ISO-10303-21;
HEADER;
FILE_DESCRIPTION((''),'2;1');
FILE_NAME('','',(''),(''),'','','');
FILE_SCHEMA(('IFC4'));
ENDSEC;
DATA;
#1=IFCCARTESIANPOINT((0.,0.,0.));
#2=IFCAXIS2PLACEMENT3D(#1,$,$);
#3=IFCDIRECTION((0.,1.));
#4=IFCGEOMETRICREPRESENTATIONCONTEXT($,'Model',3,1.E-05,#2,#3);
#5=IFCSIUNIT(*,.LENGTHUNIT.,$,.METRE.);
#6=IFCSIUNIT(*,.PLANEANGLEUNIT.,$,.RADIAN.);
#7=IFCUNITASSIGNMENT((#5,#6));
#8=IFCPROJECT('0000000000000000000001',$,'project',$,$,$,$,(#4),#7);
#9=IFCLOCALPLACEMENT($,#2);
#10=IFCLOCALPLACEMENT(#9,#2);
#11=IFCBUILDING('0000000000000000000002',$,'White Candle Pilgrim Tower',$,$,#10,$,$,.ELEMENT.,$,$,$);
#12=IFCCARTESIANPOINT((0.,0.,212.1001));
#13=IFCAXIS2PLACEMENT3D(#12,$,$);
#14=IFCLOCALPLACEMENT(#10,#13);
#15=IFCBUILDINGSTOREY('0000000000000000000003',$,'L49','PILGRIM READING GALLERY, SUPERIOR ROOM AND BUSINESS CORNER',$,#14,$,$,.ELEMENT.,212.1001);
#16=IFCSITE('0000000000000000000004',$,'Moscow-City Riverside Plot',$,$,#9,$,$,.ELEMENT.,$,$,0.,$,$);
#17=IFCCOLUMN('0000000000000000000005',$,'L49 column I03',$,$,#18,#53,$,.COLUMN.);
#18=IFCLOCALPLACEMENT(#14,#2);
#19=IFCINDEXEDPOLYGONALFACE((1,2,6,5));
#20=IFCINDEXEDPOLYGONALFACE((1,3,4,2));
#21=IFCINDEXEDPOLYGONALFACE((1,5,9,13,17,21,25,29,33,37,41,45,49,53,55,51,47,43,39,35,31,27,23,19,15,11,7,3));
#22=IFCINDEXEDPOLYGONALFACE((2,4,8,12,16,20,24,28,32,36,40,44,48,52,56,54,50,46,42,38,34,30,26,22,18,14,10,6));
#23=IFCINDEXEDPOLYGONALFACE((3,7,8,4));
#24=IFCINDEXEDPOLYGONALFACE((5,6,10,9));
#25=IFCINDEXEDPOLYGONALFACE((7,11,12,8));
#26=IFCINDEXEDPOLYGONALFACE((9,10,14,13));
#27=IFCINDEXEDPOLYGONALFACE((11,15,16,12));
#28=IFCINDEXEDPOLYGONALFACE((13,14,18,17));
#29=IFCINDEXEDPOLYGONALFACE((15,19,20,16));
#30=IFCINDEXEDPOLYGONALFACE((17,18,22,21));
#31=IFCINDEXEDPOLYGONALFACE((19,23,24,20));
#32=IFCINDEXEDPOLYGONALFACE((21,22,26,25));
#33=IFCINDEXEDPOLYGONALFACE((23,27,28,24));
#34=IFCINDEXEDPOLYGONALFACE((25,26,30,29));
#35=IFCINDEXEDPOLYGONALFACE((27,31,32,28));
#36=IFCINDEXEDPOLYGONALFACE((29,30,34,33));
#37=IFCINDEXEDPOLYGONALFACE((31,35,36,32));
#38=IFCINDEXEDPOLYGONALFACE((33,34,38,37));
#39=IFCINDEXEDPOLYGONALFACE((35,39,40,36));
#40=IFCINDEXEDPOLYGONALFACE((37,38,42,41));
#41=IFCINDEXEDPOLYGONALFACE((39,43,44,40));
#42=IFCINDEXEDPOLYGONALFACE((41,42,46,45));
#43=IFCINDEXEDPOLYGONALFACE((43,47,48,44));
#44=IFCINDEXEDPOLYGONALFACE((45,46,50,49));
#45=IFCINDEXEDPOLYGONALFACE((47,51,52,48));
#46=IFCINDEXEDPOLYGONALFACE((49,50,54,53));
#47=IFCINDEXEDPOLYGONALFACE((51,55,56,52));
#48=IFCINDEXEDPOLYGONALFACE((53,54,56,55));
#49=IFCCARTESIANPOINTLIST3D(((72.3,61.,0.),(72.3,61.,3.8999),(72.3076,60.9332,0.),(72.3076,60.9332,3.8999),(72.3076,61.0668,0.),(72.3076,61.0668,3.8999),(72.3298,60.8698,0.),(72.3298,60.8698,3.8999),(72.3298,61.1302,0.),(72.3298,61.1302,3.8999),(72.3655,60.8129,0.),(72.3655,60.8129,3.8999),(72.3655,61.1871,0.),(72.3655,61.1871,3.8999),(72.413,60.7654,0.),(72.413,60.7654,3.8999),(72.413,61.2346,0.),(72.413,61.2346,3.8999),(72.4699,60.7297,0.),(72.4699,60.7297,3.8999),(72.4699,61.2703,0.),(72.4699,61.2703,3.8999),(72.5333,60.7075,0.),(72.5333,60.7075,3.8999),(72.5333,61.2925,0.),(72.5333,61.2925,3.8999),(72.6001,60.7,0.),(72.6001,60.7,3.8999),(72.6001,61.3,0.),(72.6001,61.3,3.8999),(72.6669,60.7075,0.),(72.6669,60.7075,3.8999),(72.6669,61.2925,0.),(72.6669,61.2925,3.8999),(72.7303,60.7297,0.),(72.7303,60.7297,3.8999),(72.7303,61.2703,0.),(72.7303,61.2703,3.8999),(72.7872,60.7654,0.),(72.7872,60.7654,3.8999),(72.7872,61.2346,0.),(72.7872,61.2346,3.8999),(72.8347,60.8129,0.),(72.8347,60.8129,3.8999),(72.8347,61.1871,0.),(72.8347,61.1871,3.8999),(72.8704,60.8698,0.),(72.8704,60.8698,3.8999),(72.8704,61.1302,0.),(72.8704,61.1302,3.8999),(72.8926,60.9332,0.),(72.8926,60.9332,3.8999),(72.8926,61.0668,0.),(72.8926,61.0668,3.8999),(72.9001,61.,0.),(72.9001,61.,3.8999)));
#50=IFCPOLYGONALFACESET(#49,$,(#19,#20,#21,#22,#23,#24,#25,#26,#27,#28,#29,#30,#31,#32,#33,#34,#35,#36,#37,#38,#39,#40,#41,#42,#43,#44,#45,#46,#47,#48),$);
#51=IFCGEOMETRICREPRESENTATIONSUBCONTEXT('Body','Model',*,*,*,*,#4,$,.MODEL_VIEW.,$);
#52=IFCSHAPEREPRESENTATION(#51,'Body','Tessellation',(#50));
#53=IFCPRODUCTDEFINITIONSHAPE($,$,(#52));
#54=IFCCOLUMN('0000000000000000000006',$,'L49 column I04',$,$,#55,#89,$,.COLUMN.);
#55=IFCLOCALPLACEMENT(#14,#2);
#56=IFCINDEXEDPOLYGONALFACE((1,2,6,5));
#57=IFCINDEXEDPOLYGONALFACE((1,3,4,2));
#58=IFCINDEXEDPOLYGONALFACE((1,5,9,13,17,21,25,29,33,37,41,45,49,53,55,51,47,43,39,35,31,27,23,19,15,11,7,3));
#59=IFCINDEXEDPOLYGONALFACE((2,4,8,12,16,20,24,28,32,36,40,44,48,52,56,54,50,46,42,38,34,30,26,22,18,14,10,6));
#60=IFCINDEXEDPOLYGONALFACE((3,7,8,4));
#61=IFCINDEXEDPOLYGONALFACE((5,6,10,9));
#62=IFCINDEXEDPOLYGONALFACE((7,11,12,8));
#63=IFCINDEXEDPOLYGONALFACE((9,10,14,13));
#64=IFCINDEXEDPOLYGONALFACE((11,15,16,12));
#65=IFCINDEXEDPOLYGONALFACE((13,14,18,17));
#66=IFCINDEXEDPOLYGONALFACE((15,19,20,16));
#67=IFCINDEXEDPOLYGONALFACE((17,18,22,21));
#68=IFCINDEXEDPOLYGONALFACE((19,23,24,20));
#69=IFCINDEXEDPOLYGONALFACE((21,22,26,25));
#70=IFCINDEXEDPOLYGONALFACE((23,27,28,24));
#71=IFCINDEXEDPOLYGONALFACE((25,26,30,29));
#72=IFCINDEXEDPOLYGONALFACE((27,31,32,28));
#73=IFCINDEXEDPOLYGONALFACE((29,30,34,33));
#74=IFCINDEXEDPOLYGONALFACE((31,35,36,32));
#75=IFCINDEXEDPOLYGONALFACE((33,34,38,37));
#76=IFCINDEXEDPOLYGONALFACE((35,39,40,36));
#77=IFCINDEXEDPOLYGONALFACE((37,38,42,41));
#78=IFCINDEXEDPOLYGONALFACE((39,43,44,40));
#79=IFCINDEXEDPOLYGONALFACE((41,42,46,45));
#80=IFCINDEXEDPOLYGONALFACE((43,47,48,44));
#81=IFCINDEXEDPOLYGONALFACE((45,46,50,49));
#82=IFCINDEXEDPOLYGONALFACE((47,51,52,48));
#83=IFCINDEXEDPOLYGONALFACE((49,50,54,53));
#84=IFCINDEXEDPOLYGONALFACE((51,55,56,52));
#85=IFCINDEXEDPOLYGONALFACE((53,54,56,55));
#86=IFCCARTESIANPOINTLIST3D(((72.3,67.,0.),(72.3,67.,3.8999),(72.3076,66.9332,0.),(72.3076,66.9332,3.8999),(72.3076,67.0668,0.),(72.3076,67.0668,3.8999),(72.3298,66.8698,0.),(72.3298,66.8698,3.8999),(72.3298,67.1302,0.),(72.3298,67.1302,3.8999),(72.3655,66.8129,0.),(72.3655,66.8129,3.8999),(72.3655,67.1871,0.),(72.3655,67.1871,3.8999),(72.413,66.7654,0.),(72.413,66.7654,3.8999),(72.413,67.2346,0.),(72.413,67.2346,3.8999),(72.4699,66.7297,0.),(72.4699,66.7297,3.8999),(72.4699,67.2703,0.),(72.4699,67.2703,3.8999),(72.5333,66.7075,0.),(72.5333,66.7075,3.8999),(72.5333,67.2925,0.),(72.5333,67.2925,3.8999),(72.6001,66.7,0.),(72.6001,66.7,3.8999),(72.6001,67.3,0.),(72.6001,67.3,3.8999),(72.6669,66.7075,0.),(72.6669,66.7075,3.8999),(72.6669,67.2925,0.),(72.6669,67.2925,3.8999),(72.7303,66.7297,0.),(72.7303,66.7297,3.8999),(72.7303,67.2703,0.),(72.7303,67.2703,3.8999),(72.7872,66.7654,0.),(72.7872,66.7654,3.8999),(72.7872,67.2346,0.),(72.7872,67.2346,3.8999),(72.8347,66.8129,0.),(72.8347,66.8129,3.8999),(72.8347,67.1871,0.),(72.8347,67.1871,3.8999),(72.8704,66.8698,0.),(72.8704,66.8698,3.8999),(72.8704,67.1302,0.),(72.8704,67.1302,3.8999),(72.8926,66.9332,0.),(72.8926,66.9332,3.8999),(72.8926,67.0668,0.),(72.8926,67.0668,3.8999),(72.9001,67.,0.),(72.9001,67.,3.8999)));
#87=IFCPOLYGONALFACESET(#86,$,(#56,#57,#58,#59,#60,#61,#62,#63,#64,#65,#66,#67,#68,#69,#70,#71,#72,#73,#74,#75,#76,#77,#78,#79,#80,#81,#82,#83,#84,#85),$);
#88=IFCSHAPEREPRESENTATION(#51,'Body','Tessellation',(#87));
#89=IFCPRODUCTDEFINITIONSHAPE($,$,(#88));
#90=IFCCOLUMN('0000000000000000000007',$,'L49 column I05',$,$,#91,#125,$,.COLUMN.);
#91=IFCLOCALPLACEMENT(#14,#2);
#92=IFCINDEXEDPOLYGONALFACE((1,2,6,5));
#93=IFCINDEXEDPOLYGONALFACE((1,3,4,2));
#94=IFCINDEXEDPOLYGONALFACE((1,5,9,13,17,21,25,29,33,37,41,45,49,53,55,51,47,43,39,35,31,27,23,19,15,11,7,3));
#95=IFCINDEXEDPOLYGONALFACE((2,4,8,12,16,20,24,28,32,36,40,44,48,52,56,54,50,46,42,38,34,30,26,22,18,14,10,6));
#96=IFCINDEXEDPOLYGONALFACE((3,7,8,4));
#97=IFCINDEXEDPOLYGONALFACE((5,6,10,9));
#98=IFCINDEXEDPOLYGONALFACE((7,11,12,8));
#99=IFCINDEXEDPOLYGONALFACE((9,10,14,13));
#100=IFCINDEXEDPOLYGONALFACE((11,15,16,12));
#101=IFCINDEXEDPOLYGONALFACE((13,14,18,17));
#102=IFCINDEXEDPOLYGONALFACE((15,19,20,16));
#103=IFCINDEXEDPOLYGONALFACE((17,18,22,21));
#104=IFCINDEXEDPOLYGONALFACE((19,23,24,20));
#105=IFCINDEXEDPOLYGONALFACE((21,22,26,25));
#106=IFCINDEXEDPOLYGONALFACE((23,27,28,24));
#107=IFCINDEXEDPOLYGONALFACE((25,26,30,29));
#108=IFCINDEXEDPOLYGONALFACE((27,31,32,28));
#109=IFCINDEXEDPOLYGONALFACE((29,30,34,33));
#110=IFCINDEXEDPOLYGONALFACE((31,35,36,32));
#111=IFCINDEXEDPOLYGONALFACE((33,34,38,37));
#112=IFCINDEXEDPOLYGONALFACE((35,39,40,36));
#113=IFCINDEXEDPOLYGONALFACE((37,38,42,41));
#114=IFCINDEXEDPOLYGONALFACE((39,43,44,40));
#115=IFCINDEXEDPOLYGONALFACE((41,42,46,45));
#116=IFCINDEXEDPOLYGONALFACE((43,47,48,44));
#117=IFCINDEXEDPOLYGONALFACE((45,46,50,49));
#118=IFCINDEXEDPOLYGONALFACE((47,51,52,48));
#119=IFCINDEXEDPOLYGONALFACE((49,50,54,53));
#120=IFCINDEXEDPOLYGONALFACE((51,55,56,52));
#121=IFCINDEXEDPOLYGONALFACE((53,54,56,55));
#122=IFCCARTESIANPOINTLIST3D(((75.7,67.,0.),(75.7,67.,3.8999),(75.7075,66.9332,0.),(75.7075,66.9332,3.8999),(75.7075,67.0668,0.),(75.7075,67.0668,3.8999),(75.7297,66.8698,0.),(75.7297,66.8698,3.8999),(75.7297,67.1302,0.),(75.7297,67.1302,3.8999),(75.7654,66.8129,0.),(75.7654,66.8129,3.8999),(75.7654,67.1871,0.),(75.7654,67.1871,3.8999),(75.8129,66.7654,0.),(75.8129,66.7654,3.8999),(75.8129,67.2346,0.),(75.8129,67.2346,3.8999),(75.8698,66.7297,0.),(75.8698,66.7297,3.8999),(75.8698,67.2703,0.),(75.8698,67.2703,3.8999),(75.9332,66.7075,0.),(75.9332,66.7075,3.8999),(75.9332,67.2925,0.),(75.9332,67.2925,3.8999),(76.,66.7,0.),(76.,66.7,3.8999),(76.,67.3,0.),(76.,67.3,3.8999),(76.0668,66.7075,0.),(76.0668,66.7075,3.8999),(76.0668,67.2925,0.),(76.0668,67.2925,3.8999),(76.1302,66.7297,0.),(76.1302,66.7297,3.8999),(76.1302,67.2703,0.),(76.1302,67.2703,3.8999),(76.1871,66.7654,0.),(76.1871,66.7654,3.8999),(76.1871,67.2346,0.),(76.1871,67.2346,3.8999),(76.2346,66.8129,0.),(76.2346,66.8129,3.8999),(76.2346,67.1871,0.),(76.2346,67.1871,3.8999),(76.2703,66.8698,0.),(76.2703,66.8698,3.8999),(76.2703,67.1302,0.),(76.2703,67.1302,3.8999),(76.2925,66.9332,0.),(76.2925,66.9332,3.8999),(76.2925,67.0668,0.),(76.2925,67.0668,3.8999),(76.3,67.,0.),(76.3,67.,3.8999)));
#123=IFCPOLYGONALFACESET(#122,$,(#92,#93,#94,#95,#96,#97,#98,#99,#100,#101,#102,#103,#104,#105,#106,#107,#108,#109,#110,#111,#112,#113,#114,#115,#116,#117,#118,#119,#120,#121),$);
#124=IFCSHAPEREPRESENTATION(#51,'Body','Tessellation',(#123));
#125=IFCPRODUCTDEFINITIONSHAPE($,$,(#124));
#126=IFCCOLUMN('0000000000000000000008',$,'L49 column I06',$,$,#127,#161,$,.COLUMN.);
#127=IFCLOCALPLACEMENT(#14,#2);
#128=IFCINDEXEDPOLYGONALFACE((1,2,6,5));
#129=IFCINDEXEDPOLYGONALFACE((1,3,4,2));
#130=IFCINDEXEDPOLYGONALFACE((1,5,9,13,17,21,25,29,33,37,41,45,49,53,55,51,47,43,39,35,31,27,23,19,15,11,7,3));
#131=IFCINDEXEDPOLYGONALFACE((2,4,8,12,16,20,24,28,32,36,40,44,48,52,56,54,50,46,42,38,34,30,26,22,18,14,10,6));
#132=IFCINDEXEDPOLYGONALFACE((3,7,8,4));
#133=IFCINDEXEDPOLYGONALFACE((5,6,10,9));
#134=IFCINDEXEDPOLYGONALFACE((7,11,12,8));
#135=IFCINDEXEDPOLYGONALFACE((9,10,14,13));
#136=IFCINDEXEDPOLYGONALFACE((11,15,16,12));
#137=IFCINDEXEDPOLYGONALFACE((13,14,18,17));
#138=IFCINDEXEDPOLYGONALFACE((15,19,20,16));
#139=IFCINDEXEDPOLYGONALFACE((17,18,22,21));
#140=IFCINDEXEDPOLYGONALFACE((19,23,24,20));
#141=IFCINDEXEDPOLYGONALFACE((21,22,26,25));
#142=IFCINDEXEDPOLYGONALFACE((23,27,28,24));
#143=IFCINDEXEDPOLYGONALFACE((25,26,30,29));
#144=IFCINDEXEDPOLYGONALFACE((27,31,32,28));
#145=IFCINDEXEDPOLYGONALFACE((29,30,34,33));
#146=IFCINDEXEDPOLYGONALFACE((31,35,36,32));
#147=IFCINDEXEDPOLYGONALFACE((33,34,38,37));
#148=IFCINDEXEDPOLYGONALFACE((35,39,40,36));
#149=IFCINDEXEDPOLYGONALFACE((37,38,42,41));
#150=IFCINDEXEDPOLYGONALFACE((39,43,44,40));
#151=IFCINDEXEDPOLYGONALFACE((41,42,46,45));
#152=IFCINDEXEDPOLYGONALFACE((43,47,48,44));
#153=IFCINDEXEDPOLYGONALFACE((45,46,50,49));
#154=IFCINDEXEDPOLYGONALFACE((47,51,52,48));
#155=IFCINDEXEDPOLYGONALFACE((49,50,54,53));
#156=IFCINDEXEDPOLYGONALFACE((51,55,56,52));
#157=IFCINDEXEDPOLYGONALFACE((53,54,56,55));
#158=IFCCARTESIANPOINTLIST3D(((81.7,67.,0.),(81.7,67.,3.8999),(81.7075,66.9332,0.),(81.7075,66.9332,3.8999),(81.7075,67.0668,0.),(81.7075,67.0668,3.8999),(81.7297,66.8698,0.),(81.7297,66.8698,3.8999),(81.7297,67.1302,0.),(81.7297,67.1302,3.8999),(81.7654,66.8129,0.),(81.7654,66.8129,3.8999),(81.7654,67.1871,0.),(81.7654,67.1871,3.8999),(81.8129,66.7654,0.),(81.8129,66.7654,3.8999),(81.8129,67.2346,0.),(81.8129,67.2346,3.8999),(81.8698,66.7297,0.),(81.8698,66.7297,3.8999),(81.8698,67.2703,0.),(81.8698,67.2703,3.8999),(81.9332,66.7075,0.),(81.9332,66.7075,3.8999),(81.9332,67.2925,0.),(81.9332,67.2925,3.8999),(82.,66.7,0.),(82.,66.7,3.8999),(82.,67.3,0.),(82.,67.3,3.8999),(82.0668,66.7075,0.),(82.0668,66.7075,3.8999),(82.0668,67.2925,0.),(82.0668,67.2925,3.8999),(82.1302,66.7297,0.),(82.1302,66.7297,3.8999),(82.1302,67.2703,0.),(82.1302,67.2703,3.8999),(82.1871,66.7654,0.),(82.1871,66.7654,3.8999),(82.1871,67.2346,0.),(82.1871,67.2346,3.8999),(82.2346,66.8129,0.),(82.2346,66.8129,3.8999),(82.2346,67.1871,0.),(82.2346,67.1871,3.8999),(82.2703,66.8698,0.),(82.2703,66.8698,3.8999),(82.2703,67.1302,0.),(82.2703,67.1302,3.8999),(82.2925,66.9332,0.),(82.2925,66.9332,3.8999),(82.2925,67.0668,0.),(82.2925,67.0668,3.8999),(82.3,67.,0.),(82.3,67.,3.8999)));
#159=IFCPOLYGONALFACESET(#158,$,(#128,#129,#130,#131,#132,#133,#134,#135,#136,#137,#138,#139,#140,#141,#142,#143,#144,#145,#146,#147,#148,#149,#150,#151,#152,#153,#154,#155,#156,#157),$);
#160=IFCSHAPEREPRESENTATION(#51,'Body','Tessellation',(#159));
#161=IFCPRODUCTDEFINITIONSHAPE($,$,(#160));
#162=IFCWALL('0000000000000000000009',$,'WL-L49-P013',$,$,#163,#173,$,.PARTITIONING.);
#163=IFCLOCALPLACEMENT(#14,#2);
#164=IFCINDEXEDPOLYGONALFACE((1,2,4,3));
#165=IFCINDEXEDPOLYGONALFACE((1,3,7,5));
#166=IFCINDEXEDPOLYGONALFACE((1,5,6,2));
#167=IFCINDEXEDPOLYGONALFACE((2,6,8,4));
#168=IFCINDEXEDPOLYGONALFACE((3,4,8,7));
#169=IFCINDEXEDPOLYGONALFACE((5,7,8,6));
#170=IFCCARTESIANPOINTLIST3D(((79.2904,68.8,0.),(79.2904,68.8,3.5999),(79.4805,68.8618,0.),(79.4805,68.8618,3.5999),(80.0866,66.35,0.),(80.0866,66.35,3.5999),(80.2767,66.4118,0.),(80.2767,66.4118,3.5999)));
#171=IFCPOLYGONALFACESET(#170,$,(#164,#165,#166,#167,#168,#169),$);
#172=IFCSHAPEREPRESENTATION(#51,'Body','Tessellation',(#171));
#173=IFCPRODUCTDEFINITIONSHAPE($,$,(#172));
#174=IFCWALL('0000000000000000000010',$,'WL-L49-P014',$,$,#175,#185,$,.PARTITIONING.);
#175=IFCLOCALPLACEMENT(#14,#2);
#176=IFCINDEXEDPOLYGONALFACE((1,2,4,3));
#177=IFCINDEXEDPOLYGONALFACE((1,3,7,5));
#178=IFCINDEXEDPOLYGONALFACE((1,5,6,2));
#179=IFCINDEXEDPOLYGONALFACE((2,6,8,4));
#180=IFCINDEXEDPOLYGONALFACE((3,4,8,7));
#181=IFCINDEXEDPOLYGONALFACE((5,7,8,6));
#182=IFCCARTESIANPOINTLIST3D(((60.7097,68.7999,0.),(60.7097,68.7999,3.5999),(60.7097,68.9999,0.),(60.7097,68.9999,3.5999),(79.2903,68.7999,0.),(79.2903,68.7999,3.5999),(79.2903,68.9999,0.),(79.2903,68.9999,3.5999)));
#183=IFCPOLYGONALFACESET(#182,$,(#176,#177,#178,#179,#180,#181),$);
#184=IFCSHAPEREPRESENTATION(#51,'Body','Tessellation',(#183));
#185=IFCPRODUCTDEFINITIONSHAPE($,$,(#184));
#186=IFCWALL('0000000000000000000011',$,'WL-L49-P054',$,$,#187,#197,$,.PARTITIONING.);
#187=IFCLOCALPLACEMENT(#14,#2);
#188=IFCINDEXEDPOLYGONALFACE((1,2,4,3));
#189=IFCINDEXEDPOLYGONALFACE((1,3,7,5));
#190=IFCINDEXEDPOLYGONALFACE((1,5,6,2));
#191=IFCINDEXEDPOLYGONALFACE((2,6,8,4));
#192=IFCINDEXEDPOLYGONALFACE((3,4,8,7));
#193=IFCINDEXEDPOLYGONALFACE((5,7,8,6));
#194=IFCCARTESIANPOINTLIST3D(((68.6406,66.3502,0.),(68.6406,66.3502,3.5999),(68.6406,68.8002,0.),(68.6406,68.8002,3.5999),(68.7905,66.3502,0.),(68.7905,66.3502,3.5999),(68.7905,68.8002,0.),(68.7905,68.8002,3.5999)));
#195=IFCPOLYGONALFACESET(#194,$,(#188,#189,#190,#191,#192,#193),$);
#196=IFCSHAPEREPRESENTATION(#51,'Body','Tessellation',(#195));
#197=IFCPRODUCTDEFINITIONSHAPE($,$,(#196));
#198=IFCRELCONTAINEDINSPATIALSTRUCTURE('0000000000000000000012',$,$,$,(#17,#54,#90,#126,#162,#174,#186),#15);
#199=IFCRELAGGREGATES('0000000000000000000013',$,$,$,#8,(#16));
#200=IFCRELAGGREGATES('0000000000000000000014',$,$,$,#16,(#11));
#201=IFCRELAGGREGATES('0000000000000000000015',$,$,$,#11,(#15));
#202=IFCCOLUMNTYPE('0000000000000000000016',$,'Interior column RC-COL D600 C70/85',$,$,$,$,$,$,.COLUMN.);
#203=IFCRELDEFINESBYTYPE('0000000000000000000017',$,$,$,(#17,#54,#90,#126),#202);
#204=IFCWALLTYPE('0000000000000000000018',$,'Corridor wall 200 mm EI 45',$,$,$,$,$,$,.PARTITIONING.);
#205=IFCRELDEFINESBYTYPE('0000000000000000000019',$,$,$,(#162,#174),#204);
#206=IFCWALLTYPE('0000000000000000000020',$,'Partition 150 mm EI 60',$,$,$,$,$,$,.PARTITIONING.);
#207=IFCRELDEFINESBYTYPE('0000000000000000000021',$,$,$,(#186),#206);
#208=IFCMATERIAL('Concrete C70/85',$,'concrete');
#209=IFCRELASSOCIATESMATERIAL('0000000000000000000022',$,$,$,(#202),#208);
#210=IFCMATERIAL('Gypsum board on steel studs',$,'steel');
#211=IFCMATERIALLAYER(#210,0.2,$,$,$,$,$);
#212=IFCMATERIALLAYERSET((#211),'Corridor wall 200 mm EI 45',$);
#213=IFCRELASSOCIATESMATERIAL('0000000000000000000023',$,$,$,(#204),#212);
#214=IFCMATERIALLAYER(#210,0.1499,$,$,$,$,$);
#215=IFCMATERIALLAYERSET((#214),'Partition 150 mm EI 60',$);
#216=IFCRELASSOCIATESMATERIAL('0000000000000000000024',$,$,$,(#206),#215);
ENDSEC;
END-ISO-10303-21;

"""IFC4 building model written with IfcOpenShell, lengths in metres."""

from ifc_helpers import new_model, si_unit, direction, frame, frame_2d, origin, origin_2d, place, context, subcontext, project, spatial, rectangle, circle, extrude, material, layer, layer_set, material_profile, profile_set, type_object, element, save


model = new_model("IFC4")

# Units and contexts
model_context = context("Model", 3, precision=1e-05, world=origin(), true_north=direction((0.0, 1.0)))
body_context = subcontext(model_context, "Body", "Model", "MODEL_VIEW")
ifc_project = project(units=[si_unit("LENGTHUNIT", "METRE"), si_unit("PLANEANGLEUNIT", "RADIAN")], contexts=[model_context])

# Site, building, storey
site_placement = place(None, origin())
site = spatial("IfcSite", under=ifc_project, at=site_placement, Name="Moscow-City Riverside Plot", CompositionType="ELEMENT", RefElevation=0.0)
building_placement = place(site_placement, origin())
building = spatial("IfcBuilding", under=site, at=building_placement, Name="White Candle Pilgrim Tower", CompositionType="ELEMENT")
storey_placement = place(building_placement, frame((0.0, 0.0, 212.1001)))
storey = spatial("IfcBuildingStorey", under=building, at=storey_placement, Name="L49", Description="PILGRIM READING GALLERY, SUPERIOR ROOM AND BUSINESS CORNER", CompositionType="ELEMENT", Elevation=212.1001)

# Columns
ifc_material_1 = material(Name="Concrete C70/85", Category="concrete")
ifc_material_profile = material_profile(ifc_material_1, circle(Radius=0.3, at=origin_2d()), Name="RC-COL D600")
ifc_profile_set = profile_set([ifc_material_profile], Name="Concrete C70/85")
column_type = type_object("IfcColumnType", Name="Interior column RC-COL D600 C70/85", PredefinedType="COLUMN", material=ifc_profile_set)
for number, where, z_axis, x_axis, name in (
    (1, (72.6001, 61.0, 0.0), (0.0, 0.0, 1.0), (1.0, 0.0, 0.0), "L49 column I03"),
    (2, (72.6001, 67.0, 0.0), (0.0, 0.0, 1.0), (1.0, 0.0, 0.0), "L49 column I04"),
    (3, (76.0, 67.0, 0.0), (0.0, 0.0, 1.0), (1.0, 0.0, 0.0), "L49 column I05"),
    (4, (82.0, 67.0, 0.0), (0.0, 0.0, 1.0), (1.0, 0.0, 0.0), "L49 column I06"),
):
    element("IfcColumn", number, at=place(storey_placement, frame(where, z_axis=z_axis, x_axis=x_axis)), inside=storey, type_object=column_type, Name=name, PredefinedType="COLUMN", context=body_context, shape_type="SweptSolid", body=[
        extrude(circle(Radius=0.3, at=origin_2d()), origin(), (0.0, 0.0, 1.0), 3.8999),
    ])

# Walls
ifc_material_2 = material(Name="Gypsum board on steel studs", Category="steel")
ifc_layer_1 = layer(ifc_material_2, 0.2)
ifc_layer_set_1 = layer_set([ifc_layer_1], Name="Corridor wall 200 mm EI 45")
wall_type_1 = type_object("IfcWallType", Name="Corridor wall 200 mm EI 45", PredefinedType="PARTITIONING", material=ifc_layer_set_1)
wall_1_placement = place(storey_placement, frame((80.1816, 66.3809, 0.0), z_axis=(0.0, 0.0, 1.0), x_axis=(-0.309054, 0.951045, 0.0)))
element("IfcWall", 5, at=wall_1_placement, inside=storey, type_object=wall_type_1, Name="WL-L49-P013", PredefinedType="PARTITIONING", context=body_context, shape_type="SweptSolid", body=[
    extrude(rectangle(XDim=2.5762, YDim=0.2, at=frame_2d((1.2881, 0.0))), origin(), (0.0, 0.0, 1.0), 3.5999),
])
wall_2_placement = place(storey_placement, frame((79.2903, 68.8999, 0.0), z_axis=(0.0, 0.0, 1.0), x_axis=(-1.0, 0.0, 0.0)))
element("IfcWall", 6, at=wall_2_placement, inside=storey, type_object=wall_type_1, Name="WL-L49-P014", PredefinedType="PARTITIONING", context=body_context, shape_type="SweptSolid", body=[
    extrude(rectangle(XDim=18.5806, YDim=0.2, at=frame_2d((9.2903, 0.0))), origin(), (0.0, 0.0, 1.0), 3.5999),
])
ifc_layer_2 = layer(ifc_material_2, 0.1499)
ifc_layer_set_2 = layer_set([ifc_layer_2], Name="Partition 150 mm EI 60")
wall_type_2 = type_object("IfcWallType", Name="Partition 150 mm EI 60", PredefinedType="PARTITIONING", material=ifc_layer_set_2)
wall_3_placement = place(storey_placement, frame((68.7156, 66.3501, 0.0), z_axis=(0.0, 0.0, 1.0), x_axis=(0.0, 1.0, 0.0)))
element("IfcWall", 7, at=wall_3_placement, inside=storey, type_object=wall_type_2, Name="WL-L49-P054", PredefinedType="PARTITIONING", context=body_context, shape_type="SweptSolid", body=[
    extrude(rectangle(XDim=2.45, YDim=0.1499, at=frame_2d((1.2251, 0.0))), origin(), (0.0, 0.0, 1.0), 3.5999),
])

save(model, "model.ifc")
